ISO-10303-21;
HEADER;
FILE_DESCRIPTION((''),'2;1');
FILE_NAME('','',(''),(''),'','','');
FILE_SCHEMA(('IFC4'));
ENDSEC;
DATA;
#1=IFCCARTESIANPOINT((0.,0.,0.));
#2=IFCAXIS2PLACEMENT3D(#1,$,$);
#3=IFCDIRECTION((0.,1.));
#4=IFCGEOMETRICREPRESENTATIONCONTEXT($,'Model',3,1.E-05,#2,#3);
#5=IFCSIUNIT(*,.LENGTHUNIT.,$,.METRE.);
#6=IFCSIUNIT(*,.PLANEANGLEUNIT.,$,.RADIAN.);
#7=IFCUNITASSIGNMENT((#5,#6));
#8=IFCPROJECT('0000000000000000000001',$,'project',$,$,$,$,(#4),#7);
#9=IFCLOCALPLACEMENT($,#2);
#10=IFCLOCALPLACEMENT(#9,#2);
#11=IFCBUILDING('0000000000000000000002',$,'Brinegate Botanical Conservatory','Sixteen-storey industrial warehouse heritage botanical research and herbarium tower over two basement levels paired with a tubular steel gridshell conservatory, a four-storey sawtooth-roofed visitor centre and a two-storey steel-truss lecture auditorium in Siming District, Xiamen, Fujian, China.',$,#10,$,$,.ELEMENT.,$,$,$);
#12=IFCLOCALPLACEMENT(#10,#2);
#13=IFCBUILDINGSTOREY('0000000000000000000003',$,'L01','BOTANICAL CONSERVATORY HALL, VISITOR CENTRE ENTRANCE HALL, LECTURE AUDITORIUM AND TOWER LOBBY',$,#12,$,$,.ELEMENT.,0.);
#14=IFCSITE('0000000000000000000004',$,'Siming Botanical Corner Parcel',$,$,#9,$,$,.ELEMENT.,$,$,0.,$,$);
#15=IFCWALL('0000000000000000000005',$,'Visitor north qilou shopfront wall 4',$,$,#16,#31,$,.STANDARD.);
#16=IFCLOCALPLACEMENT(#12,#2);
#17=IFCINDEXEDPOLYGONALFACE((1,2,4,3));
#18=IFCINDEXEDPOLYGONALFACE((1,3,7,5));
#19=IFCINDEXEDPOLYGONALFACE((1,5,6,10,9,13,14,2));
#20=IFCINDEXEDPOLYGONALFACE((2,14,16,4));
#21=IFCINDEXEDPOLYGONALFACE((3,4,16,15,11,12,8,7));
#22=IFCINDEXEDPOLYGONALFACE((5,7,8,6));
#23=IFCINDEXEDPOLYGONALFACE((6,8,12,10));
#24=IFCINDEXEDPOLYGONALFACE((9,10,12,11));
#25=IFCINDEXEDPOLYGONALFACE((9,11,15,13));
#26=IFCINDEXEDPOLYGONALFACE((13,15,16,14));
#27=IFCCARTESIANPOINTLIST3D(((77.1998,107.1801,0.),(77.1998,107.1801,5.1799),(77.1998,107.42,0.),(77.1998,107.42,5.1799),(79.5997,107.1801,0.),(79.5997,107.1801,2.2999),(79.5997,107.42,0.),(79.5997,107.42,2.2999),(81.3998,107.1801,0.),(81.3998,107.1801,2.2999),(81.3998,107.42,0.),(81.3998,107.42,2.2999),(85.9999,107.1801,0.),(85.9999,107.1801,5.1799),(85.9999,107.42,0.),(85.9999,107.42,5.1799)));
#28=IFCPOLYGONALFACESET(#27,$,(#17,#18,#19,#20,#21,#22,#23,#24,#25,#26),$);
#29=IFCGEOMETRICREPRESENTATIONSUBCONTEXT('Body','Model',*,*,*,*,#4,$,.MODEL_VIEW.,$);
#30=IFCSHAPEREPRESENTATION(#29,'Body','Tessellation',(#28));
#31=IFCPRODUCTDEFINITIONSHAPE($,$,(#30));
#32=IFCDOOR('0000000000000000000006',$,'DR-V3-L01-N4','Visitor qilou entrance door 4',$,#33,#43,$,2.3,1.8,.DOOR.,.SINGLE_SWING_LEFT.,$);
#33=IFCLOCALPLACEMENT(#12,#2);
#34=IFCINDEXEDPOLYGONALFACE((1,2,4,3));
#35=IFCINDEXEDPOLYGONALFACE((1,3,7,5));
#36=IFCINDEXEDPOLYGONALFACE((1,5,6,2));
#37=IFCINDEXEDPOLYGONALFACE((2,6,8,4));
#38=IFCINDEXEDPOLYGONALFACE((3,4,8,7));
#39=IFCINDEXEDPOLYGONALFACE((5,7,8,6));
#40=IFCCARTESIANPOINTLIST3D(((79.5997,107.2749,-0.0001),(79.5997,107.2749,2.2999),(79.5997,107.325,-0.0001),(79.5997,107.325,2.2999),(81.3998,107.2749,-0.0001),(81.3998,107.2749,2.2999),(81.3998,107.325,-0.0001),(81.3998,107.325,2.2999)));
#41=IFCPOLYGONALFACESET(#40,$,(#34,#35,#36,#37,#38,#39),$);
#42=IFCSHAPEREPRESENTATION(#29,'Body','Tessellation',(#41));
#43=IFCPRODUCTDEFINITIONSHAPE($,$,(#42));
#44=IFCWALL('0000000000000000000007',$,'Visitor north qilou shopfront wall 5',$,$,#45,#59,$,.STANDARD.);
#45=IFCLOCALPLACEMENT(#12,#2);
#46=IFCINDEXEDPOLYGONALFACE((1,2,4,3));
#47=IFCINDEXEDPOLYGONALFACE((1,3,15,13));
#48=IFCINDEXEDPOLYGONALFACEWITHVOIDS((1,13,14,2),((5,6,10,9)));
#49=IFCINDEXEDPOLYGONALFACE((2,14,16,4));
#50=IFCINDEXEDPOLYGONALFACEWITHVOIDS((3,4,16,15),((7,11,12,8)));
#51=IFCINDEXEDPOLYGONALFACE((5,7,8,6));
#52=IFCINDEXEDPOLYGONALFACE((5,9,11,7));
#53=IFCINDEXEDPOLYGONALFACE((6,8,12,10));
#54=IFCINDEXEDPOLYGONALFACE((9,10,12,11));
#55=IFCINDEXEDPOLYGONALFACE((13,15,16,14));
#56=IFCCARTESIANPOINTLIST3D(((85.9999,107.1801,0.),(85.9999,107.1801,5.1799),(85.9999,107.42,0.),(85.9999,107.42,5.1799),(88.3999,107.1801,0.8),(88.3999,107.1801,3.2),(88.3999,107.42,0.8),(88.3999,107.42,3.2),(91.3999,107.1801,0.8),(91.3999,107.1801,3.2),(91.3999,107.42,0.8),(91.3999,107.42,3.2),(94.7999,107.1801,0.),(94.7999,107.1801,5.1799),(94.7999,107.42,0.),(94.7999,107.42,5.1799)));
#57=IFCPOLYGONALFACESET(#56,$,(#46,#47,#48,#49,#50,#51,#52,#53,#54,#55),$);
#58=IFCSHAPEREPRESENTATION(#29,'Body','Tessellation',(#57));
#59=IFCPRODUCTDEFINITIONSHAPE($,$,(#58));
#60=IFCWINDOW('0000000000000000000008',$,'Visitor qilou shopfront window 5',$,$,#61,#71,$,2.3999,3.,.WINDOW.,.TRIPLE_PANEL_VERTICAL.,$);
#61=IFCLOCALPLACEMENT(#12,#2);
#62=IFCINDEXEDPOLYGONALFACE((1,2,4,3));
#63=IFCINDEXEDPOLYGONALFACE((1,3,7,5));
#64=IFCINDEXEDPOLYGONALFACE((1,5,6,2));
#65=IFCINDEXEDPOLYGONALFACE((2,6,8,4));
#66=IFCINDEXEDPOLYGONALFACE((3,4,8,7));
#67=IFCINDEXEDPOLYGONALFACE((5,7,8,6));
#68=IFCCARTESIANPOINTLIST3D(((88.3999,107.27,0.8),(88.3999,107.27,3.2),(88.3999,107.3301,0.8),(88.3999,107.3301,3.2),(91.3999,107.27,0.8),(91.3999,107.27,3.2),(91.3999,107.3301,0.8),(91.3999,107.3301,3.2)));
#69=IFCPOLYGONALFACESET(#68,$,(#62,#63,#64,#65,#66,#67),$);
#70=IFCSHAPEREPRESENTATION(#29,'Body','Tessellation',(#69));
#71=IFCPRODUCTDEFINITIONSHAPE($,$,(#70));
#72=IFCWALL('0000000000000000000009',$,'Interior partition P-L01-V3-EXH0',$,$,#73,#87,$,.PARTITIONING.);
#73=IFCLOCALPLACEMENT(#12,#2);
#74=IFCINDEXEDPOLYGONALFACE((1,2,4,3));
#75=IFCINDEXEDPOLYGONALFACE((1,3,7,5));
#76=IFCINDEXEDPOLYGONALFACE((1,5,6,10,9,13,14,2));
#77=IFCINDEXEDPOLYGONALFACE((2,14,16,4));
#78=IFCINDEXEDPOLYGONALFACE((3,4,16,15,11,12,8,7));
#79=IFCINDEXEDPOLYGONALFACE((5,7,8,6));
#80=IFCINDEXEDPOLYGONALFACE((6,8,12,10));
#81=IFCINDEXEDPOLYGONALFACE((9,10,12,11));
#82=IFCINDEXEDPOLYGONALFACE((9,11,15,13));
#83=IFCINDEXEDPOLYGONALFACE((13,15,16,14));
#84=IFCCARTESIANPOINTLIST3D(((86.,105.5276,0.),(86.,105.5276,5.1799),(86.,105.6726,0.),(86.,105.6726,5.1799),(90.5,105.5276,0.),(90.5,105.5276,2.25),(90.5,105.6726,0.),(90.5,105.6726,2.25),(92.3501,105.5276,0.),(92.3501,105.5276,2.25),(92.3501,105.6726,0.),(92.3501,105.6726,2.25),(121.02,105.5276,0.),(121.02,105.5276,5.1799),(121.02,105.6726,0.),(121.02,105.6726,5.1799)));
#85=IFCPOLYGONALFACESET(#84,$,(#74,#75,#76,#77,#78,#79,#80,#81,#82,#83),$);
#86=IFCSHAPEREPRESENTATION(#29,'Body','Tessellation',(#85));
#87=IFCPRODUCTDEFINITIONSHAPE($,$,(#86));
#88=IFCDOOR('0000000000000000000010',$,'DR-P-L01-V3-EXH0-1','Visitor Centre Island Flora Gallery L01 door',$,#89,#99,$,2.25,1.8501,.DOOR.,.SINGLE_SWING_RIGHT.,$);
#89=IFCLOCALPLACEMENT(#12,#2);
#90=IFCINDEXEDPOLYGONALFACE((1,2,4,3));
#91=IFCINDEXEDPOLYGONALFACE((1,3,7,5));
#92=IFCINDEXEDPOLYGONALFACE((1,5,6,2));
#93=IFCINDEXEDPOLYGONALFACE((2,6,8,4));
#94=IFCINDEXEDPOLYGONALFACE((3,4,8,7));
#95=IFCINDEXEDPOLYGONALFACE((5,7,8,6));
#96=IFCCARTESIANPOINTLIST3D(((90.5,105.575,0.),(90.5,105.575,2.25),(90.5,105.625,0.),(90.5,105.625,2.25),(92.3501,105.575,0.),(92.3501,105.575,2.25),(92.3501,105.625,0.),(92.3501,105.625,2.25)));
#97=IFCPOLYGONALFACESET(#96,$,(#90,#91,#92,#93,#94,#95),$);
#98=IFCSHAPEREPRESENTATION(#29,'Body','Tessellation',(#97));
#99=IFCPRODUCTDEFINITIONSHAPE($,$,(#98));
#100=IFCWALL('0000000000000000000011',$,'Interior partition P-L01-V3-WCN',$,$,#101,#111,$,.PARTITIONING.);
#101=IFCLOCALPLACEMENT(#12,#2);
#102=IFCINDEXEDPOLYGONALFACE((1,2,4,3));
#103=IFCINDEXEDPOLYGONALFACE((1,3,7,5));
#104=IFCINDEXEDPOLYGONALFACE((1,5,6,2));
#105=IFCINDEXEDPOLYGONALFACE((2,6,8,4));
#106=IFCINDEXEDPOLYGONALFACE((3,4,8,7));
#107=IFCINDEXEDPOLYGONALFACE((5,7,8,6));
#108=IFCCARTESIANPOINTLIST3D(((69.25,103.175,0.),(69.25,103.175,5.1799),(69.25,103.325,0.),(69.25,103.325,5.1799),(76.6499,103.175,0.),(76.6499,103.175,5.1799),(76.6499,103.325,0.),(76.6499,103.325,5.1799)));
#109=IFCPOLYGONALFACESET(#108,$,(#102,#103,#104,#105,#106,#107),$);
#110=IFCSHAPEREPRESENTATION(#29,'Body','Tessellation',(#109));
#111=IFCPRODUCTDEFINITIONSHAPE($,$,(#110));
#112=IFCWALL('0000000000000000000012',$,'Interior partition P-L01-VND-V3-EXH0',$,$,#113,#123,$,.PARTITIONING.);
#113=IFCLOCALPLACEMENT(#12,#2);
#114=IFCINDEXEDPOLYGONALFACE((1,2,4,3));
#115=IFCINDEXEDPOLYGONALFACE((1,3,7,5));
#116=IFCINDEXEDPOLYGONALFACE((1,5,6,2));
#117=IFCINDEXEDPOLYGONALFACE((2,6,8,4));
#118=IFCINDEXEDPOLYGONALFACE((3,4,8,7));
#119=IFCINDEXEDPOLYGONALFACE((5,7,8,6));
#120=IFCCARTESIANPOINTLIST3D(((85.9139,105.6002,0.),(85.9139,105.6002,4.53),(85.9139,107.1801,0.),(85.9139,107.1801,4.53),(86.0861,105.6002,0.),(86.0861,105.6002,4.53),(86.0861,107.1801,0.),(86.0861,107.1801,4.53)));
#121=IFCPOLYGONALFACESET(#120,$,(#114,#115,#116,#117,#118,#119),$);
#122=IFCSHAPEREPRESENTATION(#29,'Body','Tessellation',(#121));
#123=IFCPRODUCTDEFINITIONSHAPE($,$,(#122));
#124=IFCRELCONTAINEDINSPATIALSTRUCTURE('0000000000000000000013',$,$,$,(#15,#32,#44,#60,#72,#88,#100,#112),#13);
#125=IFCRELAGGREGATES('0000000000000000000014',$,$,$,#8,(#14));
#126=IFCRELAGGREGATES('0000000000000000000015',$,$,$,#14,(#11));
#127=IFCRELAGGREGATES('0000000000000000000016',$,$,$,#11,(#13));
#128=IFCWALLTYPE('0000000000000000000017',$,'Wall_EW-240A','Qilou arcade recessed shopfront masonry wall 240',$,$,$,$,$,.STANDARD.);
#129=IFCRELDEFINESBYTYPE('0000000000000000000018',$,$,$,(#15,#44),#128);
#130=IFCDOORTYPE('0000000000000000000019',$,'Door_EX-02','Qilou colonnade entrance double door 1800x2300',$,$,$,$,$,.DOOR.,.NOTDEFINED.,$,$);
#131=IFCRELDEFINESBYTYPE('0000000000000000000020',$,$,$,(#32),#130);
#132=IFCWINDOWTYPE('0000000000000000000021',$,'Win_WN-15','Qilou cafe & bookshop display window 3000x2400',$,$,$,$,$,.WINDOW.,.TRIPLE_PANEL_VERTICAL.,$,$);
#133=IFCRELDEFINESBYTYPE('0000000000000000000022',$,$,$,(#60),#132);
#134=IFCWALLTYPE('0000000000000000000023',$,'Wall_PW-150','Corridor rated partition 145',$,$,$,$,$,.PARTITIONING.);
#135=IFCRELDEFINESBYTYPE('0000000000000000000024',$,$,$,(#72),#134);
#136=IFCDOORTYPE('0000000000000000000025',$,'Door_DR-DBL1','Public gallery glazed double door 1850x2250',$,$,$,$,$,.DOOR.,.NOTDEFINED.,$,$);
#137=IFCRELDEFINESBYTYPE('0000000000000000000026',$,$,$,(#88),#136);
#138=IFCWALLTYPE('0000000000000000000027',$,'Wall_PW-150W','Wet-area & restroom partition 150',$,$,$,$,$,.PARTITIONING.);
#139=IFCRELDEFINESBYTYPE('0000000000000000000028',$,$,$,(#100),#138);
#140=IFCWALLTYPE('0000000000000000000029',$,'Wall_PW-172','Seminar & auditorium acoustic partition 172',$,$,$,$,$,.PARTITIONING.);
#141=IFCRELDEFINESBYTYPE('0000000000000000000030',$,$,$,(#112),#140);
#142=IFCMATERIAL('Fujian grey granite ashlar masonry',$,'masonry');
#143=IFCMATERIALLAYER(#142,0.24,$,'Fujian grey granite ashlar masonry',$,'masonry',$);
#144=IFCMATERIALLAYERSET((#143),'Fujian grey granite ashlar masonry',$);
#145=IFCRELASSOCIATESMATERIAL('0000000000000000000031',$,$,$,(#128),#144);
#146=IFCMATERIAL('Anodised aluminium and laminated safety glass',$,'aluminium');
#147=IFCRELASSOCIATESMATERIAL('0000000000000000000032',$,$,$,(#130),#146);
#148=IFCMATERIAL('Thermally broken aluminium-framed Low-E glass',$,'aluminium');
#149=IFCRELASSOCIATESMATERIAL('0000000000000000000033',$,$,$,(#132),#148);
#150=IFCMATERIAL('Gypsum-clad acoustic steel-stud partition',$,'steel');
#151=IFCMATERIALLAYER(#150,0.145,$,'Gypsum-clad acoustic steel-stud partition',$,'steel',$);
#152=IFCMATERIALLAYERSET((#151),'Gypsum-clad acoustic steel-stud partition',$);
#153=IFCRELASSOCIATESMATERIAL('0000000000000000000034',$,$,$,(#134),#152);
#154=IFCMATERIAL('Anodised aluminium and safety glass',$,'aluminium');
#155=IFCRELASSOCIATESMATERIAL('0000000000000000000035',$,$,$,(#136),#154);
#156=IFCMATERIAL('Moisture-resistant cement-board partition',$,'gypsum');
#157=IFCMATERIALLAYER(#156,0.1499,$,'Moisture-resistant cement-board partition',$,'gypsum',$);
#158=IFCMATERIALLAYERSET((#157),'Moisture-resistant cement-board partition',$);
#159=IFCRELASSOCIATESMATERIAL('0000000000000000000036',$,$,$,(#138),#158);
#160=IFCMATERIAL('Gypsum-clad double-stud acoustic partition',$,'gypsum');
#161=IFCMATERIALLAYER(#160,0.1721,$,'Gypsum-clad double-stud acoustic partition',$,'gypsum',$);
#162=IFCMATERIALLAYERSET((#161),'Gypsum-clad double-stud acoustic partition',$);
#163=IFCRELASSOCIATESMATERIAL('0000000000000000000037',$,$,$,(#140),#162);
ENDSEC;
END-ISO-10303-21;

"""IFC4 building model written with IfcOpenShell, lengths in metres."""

from ifc_helpers import new_model, si_unit, direction, frame, frame_2d, origin, place, context, subcontext, project, spatial, rectangle, extrude, material, layer, layer_set, type_object, element, fill, save


model = new_model("IFC4")

# Units and contexts
model_context = context("Model", 3, precision=1e-05, world=origin(), true_north=direction((0.0, 1.0)))
body_context = subcontext(model_context, "Body", "Model", "MODEL_VIEW")
ifc_project = project(units=[si_unit("LENGTHUNIT", "METRE"), si_unit("PLANEANGLEUNIT", "RADIAN")], contexts=[model_context])

# Site, building, storey
site_placement = place(None, origin())
site = spatial("IfcSite", under=ifc_project, at=site_placement, Name="Siming Botanical Corner Parcel", CompositionType="ELEMENT", RefElevation=0.0)
building_placement = place(site_placement, origin())
building = spatial("IfcBuilding", under=site, at=building_placement, Name="Brinegate Botanical Conservatory", Description="Sixteen-storey industrial warehouse heritage botanical research and herbarium tower over two basement levels paired with a tubular steel gridshell conservatory, a four-storey sawtooth-roofed visitor centre and a two-storey steel-truss lecture auditorium in Siming District, Xiamen, Fujian, China.", CompositionType="ELEMENT")
storey_placement = place(building_placement, origin())
storey = spatial("IfcBuildingStorey", under=building, at=storey_placement, Name="L01", Description="BOTANICAL CONSERVATORY HALL, VISITOR CENTRE ENTRANCE HALL, LECTURE AUDITORIUM AND TOWER LOBBY", CompositionType="ELEMENT", Elevation=0.0)

# Wall, opening, door
ifc_material_1 = material(Name="Fujian grey granite ashlar masonry", Category="masonry")
ifc_layer_1 = layer(ifc_material_1, 0.24, Name="Fujian grey granite ashlar masonry", Category="masonry")
ifc_layer_set_1 = layer_set([ifc_layer_1], Name="Fujian grey granite ashlar masonry")
wall_type_1 = type_object("IfcWallType", Name="Wall_EW-240A", Description="Qilou arcade recessed shopfront masonry wall 240", PredefinedType="STANDARD", material=ifc_layer_set_1)
wall_1_placement = place(storey_placement, frame((77.2, 107.3, 0.0), z_axis=(0.0, 0.0, 1.0), x_axis=(1.0, 0.0, 0.0)))
wall_1 = element("IfcWall", 1, at=wall_1_placement, inside=storey, type_object=wall_type_1, Name="Visitor north qilou shopfront wall 4", PredefinedType="STANDARD", context=body_context, shape_type="SweptSolid", body=[
    extrude(rectangle(XDim=8.8, YDim=0.24, at=frame_2d((4.3999, 0.0))), origin(), (0.0, 0.0, 1.0), 5.1799),
])
opening_1_placement = place(wall_1_placement, frame((2.3999, 0.0, 0.0)))
opening_1 = element("IfcOpeningElement", 2, at=opening_1_placement, cuts=wall_1, PredefinedType="OPENING", context=body_context, shape_type="SweptSolid", body=[
    extrude(rectangle(XDim=1.8, YDim=2.3, at=frame_2d((0.8999, 1.1499))), frame((0.0, 0.1299, 0.0), z_axis=(0.0, -1.0, 0.0), x_axis=(1.0, 0.0, 0.0)), (0.0, 0.0, 1.0), 0.26),
])
ifc_material_2 = material(Name="Anodised aluminium and laminated safety glass", Category="aluminium")
door_type_1 = type_object("IfcDoorType", Name="Door_EX-02", Description="Qilou colonnade entrance double door 1800x2300", OperationType="NOTDEFINED", PredefinedType="DOOR", material=ifc_material_2)
door_1_placement = place(opening_1_placement, origin())
door_1 = element("IfcDoor", 3, at=door_1_placement, inside=storey, type_object=door_type_1, Name="DR-V3-L01-N4", Description="Visitor qilou entrance door 4", OperationType="SINGLE_SWING_LEFT", OverallHeight=2.3, OverallWidth=1.8, PredefinedType="DOOR", context=body_context, shape_type="SweptSolid", body=[
    extrude(rectangle(XDim=1.8, YDim=2.3, at=frame_2d((0.8999, 1.1499))), frame((0.0, 0.0249, 0.0), z_axis=(0.0, -1.0, 0.0), x_axis=(1.0, 0.0, 0.0)), (0.0, 0.0, 1.0), 0.05),
])
fill(opening_1, door_1)

# Wall, opening, window
wall_2_placement = place(storey_placement, frame((86.0, 107.3, 0.0), z_axis=(0.0, 0.0, 1.0), x_axis=(1.0, 0.0, 0.0)))
wall_2 = element("IfcWall", 4, at=wall_2_placement, inside=storey, type_object=wall_type_1, Name="Visitor north qilou shopfront wall 5", PredefinedType="STANDARD", context=body_context, shape_type="SweptSolid", body=[
    extrude(rectangle(XDim=8.8, YDim=0.24, at=frame_2d((4.3999, 0.0))), origin(), (0.0, 0.0, 1.0), 5.1799),
])
opening_2_placement = place(wall_2_placement, frame((2.3999, 0.0, 0.8)))
opening_2 = element("IfcOpeningElement", 5, at=opening_2_placement, cuts=wall_2, PredefinedType="OPENING", context=body_context, shape_type="SweptSolid", body=[
    extrude(rectangle(XDim=3.0, YDim=2.3999, at=frame_2d((1.5, 1.2))), frame((0.0, 0.1299, 0.0), z_axis=(0.0, -1.0, 0.0), x_axis=(1.0, 0.0, 0.0)), (0.0, 0.0, 1.0), 0.26),
])
ifc_material_3 = material(Name="Thermally broken aluminium-framed Low-E glass", Category="aluminium")
window_type = type_object("IfcWindowType", Name="Win_WN-15", Description="Qilou cafe & bookshop display window 3000x2400", PartitioningType="TRIPLE_PANEL_VERTICAL", PredefinedType="WINDOW", material=ifc_material_3)
window_placement = place(opening_2_placement, origin())
window = element("IfcWindow", 6, at=window_placement, inside=storey, type_object=window_type, Name="Visitor qilou shopfront window 5", OverallHeight=2.3999, OverallWidth=3.0, PartitioningType="TRIPLE_PANEL_VERTICAL", PredefinedType="WINDOW", context=body_context, shape_type="SweptSolid", body=[
    extrude(rectangle(XDim=3.0, YDim=2.3999, at=frame_2d((1.5, 1.2))), frame((0.0, 0.03, 0.0), z_axis=(0.0, -1.0, 0.0), x_axis=(1.0, 0.0, 0.0)), (0.0, 0.0, 1.0), 0.0601),
])
fill(opening_2, window)

# Wall, opening, door
ifc_material_4 = material(Name="Gypsum-clad acoustic steel-stud partition", Category="steel")
ifc_layer_2 = layer(ifc_material_4, 0.145, Name="Gypsum-clad acoustic steel-stud partition", Category="steel")
ifc_layer_set_2 = layer_set([ifc_layer_2], Name="Gypsum-clad acoustic steel-stud partition")
wall_type_2 = type_object("IfcWallType", Name="Wall_PW-150", Description="Corridor rated partition 145", PredefinedType="PARTITIONING", material=ifc_layer_set_2)
wall_3_placement = place(storey_placement, frame((86.0, 105.6001, 0.0), z_axis=(0.0, 0.0, 1.0), x_axis=(1.0, 0.0, 0.0)))
wall_3 = element("IfcWall", 7, at=wall_3_placement, inside=storey, type_object=wall_type_2, Name="Interior partition P-L01-V3-EXH0", PredefinedType="PARTITIONING", context=body_context, shape_type="SweptSolid", body=[
    extrude(rectangle(XDim=35.02, YDim=0.145, at=frame_2d((17.51, 0.0))), origin(), (0.0, 0.0, 1.0), 5.1799),
])
opening_3_placement = place(wall_3_placement, frame((4.5, 0.0, 0.0)))
opening_3 = element("IfcOpeningElement", 8, at=opening_3_placement, cuts=wall_3, PredefinedType="OPENING", context=body_context, shape_type="SweptSolid", body=[
    extrude(rectangle(XDim=1.8501, YDim=2.25, at=frame_2d((0.925, 1.125))), frame((0.0, 0.0825, 0.0), z_axis=(0.0, -1.0, 0.0), x_axis=(1.0, 0.0, 0.0)), (0.0, 0.0, 1.0), 0.165),
])
ifc_material_5 = material(Name="Anodised aluminium and safety glass", Category="aluminium")
door_type_2 = type_object("IfcDoorType", Name="Door_DR-DBL1", Description="Public gallery glazed double door 1850x2250", OperationType="NOTDEFINED", PredefinedType="DOOR", material=ifc_material_5)
door_2_placement = place(opening_3_placement, origin())
door_2 = element("IfcDoor", 9, at=door_2_placement, inside=storey, type_object=door_type_2, Name="DR-P-L01-V3-EXH0-1", Description="Visitor Centre Island Flora Gallery L01 door", OperationType="SINGLE_SWING_RIGHT", OverallHeight=2.25, OverallWidth=1.8501, PredefinedType="DOOR", context=body_context, shape_type="SweptSolid", body=[
    extrude(rectangle(XDim=1.8501, YDim=2.25, at=frame_2d((0.925, 1.125))), frame((0.0, 0.0249, 0.0), z_axis=(0.0, -1.0, 0.0), x_axis=(1.0, 0.0, 0.0)), (0.0, 0.0, 1.0), 0.05),
])
fill(opening_3, door_2)

# Walls
ifc_material_6 = material(Name="Moisture-resistant cement-board partition", Category="gypsum")
ifc_layer_3 = layer(ifc_material_6, 0.1499, Name="Moisture-resistant cement-board partition", Category="gypsum")
ifc_layer_set_3 = layer_set([ifc_layer_3], Name="Moisture-resistant cement-board partition")
wall_type_3 = type_object("IfcWallType", Name="Wall_PW-150W", Description="Wet-area & restroom partition 150", PredefinedType="PARTITIONING", material=ifc_layer_set_3)
wall_4_placement = place(storey_placement, frame((69.25, 103.25, 0.0), z_axis=(0.0, 0.0, 1.0), x_axis=(1.0, 0.0, 0.0)))
element("IfcWall", 10, at=wall_4_placement, inside=storey, type_object=wall_type_3, Name="Interior partition P-L01-V3-WCN", PredefinedType="PARTITIONING", context=body_context, shape_type="SweptSolid", body=[
    extrude(rectangle(XDim=7.3999, YDim=0.1499, at=frame_2d((3.7, 0.0))), origin(), (0.0, 0.0, 1.0), 5.1799),
])
ifc_material_7 = material(Name="Gypsum-clad double-stud acoustic partition", Category="gypsum")
ifc_layer_4 = layer(ifc_material_7, 0.1721, Name="Gypsum-clad double-stud acoustic partition", Category="gypsum")
ifc_layer_set_4 = layer_set([ifc_layer_4], Name="Gypsum-clad double-stud acoustic partition")
wall_type_4 = type_object("IfcWallType", Name="Wall_PW-172", Description="Seminar & auditorium acoustic partition 172", PredefinedType="PARTITIONING", material=ifc_layer_set_4)
wall_5_placement = place(storey_placement, frame((86.0, 105.6001, 0.0), z_axis=(0.0, 0.0, 1.0), x_axis=(0.0, 1.0, 0.0)))
element("IfcWall", 11, at=wall_5_placement, inside=storey, type_object=wall_type_4, Name="Interior partition P-L01-VND-V3-EXH0", PredefinedType="PARTITIONING", context=body_context, shape_type="SweptSolid", body=[
    extrude(rectangle(XDim=1.5798, YDim=0.1721, at=frame_2d((0.79, 0.0))), origin(), (0.0, 0.0, 1.0), 4.53),
])

save(model, "model.ifc")
